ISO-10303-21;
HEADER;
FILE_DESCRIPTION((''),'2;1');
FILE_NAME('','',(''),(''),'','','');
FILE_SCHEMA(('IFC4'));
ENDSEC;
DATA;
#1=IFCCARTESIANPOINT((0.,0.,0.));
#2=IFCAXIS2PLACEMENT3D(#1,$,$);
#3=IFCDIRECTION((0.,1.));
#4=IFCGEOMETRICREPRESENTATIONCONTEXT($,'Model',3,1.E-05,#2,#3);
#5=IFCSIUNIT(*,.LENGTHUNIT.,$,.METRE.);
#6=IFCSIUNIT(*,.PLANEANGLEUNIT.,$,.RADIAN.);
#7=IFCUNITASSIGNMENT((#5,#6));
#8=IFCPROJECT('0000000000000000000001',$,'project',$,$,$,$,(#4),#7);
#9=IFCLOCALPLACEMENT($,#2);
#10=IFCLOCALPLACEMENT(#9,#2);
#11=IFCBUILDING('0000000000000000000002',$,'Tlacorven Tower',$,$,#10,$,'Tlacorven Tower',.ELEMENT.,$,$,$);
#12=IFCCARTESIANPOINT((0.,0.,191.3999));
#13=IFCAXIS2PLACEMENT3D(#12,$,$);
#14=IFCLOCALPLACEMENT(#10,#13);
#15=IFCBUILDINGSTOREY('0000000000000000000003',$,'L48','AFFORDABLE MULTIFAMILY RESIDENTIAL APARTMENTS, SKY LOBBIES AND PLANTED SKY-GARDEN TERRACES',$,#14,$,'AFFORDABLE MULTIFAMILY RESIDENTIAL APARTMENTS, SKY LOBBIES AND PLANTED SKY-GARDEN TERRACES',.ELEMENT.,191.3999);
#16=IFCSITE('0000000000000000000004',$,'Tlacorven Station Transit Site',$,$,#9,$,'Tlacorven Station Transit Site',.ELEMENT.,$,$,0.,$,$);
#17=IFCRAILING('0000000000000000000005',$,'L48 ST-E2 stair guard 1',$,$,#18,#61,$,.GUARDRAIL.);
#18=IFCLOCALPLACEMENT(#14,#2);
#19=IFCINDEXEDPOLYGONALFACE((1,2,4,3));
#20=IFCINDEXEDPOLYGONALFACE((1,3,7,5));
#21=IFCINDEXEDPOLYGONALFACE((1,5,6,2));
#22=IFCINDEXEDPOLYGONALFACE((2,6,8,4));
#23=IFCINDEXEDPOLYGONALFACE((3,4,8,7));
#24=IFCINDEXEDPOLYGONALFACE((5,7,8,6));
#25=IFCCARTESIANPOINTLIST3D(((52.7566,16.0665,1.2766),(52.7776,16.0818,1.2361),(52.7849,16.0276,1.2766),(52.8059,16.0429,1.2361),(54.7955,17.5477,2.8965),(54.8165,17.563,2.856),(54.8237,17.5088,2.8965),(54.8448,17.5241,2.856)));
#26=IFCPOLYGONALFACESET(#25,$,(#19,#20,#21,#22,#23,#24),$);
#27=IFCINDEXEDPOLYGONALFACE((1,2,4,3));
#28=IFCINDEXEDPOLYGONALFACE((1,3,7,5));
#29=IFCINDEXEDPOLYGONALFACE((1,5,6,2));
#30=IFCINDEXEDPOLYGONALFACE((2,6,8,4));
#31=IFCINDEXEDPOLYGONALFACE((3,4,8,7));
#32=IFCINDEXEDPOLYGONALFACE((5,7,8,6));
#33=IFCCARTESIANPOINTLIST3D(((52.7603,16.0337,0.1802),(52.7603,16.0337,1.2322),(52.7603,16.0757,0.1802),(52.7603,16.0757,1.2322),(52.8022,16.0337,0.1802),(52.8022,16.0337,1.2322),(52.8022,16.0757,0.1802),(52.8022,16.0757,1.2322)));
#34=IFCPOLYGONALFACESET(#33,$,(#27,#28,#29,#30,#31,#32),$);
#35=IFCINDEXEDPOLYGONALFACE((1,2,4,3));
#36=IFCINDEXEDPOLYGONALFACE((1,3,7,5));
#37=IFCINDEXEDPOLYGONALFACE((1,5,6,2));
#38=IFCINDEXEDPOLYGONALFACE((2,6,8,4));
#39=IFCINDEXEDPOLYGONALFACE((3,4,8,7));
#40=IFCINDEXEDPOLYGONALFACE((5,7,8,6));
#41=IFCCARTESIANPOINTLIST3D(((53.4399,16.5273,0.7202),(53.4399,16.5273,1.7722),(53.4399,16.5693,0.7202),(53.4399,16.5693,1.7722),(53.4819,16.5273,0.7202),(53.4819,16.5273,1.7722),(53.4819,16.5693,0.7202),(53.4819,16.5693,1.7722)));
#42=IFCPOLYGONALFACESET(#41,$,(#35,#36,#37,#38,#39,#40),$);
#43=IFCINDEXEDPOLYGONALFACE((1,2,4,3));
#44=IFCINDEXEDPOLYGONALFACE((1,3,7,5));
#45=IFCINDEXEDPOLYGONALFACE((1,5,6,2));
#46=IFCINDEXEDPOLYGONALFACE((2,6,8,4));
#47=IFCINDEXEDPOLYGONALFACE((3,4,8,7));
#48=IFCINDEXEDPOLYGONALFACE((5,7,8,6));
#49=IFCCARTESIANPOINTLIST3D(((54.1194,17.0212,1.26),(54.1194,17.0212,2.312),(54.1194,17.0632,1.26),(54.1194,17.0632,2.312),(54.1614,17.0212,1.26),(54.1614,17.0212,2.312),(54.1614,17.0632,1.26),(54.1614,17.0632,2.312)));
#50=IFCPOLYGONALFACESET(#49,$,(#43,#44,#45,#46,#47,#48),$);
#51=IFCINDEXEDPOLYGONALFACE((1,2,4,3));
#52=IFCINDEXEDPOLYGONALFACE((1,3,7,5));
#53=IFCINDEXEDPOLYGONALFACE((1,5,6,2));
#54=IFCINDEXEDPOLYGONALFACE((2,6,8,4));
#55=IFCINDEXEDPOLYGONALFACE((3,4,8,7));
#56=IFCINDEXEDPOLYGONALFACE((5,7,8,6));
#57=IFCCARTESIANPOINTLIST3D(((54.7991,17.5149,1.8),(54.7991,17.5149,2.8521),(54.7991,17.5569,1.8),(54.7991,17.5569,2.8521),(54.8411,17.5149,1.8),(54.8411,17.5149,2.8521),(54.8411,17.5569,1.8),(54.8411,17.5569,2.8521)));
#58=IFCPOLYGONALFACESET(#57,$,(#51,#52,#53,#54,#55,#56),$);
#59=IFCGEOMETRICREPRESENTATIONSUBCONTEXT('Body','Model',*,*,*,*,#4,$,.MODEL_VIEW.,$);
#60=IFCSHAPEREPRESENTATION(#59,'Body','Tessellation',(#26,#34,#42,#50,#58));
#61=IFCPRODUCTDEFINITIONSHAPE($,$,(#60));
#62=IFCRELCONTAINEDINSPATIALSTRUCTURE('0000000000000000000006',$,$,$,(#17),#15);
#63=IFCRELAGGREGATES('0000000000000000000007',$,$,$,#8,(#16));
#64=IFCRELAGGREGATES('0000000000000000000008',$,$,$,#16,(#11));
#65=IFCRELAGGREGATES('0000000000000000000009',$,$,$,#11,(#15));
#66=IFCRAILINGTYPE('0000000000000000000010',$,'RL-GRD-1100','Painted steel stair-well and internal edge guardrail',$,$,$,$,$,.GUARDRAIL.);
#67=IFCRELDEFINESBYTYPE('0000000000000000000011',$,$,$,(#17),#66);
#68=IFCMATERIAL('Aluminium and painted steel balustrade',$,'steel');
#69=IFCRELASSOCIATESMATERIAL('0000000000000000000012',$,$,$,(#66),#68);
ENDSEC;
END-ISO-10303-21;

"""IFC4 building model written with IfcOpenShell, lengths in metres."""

from ifc_helpers import new_model, si_unit, direction, frame, origin, origin_2d, place, context, subcontext, project, spatial, rectangle, extrude, source, transform, mapped, material, type_object, element, save


model = new_model("IFC4")

# Units and contexts
model_context = context("Model", 3, precision=1e-05, world=origin(), true_north=direction((0.0, 1.0)))
body_context = subcontext(model_context, "Body", "Model", "MODEL_VIEW")
ifc_project = project(units=[si_unit("LENGTHUNIT", "METRE"), si_unit("PLANEANGLEUNIT", "RADIAN")], contexts=[model_context])

# Site, building, storey
site_placement = place(None, origin())
site = spatial("IfcSite", under=ifc_project, at=site_placement, Name="Tlacorven Station Transit Site", LongName="Tlacorven Station Transit Site", CompositionType="ELEMENT", RefElevation=0.0)
building_placement = place(site_placement, origin())
building = spatial("IfcBuilding", under=site, at=building_placement, Name="Tlacorven Tower", LongName="Tlacorven Tower", CompositionType="ELEMENT")
storey_placement = place(building_placement, frame((0.0, 0.0, 191.3999)))
storey = spatial("IfcBuildingStorey", under=building, at=storey_placement, Name="L48", Description="AFFORDABLE MULTIFAMILY RESIDENTIAL APARTMENTS, SKY LOBBIES AND PLANTED SKY-GARDEN TERRACES", LongName="AFFORDABLE MULTIFAMILY RESIDENTIAL APARTMENTS, SKY LOBBIES AND PLANTED SKY-GARDEN TERRACES", CompositionType="ELEMENT", Elevation=191.3999)

# Shared definitions
ifc_material_1 = material(Name="Aluminium and painted steel balustrade", Category="steel")
railing_type_1 = type_object("IfcRailingType", Name="RL-GRD-1100", Description="Painted steel stair-well and internal edge guardrail", PredefinedType="GUARDRAIL", material=ifc_material_1)

# Railing
shared_shape_1 = source(origin(), body_context, "Body", "SweptSolid", [
    extrude(rectangle(XDim=0.0481, YDim=0.0481, at=origin_2d()), frame((0.0, 0.0, 1.0762), z_axis=(0.680562, 0.494428, 0.540717), x_axis=(-0.587763, 0.809033, 0.0)), (0.0, 0.0, 1.0), 2.9958),
    extrude(rectangle(XDim=0.042, YDim=0.042, at=origin_2d()), origin(), (0.0, 0.0, 1.0), 1.052),
    extrude(rectangle(XDim=0.042, YDim=0.042, at=origin_2d()), frame((0.6797, 0.4937, 0.54)), (0.0, 0.0, 1.0), 1.052),
    extrude(rectangle(XDim=0.042, YDim=0.042, at=origin_2d()), frame((1.3591, 0.9875, 1.0798)), (0.0, 0.0, 1.0), 1.052),
    extrude(rectangle(XDim=0.042, YDim=0.042, at=origin_2d()), frame((2.0388, 1.4812, 1.6199)), (0.0, 0.0, 1.0), 1.052),
])
railing_1_placement = place(storey_placement, frame((52.7812, 16.0547, 0.1802)))
element("IfcRailing", 1, at=railing_1_placement, inside=storey, type_object=railing_type_1, Name="L48 ST-E2 stair guard 1", PredefinedType="GUARDRAIL", context=body_context, shape_type="MappedRepresentation", body=[
    mapped(shared_shape_1, transform((0.0, 0.0, 0.0), scale=1.0)),
])

save(model, "model.ifc")
